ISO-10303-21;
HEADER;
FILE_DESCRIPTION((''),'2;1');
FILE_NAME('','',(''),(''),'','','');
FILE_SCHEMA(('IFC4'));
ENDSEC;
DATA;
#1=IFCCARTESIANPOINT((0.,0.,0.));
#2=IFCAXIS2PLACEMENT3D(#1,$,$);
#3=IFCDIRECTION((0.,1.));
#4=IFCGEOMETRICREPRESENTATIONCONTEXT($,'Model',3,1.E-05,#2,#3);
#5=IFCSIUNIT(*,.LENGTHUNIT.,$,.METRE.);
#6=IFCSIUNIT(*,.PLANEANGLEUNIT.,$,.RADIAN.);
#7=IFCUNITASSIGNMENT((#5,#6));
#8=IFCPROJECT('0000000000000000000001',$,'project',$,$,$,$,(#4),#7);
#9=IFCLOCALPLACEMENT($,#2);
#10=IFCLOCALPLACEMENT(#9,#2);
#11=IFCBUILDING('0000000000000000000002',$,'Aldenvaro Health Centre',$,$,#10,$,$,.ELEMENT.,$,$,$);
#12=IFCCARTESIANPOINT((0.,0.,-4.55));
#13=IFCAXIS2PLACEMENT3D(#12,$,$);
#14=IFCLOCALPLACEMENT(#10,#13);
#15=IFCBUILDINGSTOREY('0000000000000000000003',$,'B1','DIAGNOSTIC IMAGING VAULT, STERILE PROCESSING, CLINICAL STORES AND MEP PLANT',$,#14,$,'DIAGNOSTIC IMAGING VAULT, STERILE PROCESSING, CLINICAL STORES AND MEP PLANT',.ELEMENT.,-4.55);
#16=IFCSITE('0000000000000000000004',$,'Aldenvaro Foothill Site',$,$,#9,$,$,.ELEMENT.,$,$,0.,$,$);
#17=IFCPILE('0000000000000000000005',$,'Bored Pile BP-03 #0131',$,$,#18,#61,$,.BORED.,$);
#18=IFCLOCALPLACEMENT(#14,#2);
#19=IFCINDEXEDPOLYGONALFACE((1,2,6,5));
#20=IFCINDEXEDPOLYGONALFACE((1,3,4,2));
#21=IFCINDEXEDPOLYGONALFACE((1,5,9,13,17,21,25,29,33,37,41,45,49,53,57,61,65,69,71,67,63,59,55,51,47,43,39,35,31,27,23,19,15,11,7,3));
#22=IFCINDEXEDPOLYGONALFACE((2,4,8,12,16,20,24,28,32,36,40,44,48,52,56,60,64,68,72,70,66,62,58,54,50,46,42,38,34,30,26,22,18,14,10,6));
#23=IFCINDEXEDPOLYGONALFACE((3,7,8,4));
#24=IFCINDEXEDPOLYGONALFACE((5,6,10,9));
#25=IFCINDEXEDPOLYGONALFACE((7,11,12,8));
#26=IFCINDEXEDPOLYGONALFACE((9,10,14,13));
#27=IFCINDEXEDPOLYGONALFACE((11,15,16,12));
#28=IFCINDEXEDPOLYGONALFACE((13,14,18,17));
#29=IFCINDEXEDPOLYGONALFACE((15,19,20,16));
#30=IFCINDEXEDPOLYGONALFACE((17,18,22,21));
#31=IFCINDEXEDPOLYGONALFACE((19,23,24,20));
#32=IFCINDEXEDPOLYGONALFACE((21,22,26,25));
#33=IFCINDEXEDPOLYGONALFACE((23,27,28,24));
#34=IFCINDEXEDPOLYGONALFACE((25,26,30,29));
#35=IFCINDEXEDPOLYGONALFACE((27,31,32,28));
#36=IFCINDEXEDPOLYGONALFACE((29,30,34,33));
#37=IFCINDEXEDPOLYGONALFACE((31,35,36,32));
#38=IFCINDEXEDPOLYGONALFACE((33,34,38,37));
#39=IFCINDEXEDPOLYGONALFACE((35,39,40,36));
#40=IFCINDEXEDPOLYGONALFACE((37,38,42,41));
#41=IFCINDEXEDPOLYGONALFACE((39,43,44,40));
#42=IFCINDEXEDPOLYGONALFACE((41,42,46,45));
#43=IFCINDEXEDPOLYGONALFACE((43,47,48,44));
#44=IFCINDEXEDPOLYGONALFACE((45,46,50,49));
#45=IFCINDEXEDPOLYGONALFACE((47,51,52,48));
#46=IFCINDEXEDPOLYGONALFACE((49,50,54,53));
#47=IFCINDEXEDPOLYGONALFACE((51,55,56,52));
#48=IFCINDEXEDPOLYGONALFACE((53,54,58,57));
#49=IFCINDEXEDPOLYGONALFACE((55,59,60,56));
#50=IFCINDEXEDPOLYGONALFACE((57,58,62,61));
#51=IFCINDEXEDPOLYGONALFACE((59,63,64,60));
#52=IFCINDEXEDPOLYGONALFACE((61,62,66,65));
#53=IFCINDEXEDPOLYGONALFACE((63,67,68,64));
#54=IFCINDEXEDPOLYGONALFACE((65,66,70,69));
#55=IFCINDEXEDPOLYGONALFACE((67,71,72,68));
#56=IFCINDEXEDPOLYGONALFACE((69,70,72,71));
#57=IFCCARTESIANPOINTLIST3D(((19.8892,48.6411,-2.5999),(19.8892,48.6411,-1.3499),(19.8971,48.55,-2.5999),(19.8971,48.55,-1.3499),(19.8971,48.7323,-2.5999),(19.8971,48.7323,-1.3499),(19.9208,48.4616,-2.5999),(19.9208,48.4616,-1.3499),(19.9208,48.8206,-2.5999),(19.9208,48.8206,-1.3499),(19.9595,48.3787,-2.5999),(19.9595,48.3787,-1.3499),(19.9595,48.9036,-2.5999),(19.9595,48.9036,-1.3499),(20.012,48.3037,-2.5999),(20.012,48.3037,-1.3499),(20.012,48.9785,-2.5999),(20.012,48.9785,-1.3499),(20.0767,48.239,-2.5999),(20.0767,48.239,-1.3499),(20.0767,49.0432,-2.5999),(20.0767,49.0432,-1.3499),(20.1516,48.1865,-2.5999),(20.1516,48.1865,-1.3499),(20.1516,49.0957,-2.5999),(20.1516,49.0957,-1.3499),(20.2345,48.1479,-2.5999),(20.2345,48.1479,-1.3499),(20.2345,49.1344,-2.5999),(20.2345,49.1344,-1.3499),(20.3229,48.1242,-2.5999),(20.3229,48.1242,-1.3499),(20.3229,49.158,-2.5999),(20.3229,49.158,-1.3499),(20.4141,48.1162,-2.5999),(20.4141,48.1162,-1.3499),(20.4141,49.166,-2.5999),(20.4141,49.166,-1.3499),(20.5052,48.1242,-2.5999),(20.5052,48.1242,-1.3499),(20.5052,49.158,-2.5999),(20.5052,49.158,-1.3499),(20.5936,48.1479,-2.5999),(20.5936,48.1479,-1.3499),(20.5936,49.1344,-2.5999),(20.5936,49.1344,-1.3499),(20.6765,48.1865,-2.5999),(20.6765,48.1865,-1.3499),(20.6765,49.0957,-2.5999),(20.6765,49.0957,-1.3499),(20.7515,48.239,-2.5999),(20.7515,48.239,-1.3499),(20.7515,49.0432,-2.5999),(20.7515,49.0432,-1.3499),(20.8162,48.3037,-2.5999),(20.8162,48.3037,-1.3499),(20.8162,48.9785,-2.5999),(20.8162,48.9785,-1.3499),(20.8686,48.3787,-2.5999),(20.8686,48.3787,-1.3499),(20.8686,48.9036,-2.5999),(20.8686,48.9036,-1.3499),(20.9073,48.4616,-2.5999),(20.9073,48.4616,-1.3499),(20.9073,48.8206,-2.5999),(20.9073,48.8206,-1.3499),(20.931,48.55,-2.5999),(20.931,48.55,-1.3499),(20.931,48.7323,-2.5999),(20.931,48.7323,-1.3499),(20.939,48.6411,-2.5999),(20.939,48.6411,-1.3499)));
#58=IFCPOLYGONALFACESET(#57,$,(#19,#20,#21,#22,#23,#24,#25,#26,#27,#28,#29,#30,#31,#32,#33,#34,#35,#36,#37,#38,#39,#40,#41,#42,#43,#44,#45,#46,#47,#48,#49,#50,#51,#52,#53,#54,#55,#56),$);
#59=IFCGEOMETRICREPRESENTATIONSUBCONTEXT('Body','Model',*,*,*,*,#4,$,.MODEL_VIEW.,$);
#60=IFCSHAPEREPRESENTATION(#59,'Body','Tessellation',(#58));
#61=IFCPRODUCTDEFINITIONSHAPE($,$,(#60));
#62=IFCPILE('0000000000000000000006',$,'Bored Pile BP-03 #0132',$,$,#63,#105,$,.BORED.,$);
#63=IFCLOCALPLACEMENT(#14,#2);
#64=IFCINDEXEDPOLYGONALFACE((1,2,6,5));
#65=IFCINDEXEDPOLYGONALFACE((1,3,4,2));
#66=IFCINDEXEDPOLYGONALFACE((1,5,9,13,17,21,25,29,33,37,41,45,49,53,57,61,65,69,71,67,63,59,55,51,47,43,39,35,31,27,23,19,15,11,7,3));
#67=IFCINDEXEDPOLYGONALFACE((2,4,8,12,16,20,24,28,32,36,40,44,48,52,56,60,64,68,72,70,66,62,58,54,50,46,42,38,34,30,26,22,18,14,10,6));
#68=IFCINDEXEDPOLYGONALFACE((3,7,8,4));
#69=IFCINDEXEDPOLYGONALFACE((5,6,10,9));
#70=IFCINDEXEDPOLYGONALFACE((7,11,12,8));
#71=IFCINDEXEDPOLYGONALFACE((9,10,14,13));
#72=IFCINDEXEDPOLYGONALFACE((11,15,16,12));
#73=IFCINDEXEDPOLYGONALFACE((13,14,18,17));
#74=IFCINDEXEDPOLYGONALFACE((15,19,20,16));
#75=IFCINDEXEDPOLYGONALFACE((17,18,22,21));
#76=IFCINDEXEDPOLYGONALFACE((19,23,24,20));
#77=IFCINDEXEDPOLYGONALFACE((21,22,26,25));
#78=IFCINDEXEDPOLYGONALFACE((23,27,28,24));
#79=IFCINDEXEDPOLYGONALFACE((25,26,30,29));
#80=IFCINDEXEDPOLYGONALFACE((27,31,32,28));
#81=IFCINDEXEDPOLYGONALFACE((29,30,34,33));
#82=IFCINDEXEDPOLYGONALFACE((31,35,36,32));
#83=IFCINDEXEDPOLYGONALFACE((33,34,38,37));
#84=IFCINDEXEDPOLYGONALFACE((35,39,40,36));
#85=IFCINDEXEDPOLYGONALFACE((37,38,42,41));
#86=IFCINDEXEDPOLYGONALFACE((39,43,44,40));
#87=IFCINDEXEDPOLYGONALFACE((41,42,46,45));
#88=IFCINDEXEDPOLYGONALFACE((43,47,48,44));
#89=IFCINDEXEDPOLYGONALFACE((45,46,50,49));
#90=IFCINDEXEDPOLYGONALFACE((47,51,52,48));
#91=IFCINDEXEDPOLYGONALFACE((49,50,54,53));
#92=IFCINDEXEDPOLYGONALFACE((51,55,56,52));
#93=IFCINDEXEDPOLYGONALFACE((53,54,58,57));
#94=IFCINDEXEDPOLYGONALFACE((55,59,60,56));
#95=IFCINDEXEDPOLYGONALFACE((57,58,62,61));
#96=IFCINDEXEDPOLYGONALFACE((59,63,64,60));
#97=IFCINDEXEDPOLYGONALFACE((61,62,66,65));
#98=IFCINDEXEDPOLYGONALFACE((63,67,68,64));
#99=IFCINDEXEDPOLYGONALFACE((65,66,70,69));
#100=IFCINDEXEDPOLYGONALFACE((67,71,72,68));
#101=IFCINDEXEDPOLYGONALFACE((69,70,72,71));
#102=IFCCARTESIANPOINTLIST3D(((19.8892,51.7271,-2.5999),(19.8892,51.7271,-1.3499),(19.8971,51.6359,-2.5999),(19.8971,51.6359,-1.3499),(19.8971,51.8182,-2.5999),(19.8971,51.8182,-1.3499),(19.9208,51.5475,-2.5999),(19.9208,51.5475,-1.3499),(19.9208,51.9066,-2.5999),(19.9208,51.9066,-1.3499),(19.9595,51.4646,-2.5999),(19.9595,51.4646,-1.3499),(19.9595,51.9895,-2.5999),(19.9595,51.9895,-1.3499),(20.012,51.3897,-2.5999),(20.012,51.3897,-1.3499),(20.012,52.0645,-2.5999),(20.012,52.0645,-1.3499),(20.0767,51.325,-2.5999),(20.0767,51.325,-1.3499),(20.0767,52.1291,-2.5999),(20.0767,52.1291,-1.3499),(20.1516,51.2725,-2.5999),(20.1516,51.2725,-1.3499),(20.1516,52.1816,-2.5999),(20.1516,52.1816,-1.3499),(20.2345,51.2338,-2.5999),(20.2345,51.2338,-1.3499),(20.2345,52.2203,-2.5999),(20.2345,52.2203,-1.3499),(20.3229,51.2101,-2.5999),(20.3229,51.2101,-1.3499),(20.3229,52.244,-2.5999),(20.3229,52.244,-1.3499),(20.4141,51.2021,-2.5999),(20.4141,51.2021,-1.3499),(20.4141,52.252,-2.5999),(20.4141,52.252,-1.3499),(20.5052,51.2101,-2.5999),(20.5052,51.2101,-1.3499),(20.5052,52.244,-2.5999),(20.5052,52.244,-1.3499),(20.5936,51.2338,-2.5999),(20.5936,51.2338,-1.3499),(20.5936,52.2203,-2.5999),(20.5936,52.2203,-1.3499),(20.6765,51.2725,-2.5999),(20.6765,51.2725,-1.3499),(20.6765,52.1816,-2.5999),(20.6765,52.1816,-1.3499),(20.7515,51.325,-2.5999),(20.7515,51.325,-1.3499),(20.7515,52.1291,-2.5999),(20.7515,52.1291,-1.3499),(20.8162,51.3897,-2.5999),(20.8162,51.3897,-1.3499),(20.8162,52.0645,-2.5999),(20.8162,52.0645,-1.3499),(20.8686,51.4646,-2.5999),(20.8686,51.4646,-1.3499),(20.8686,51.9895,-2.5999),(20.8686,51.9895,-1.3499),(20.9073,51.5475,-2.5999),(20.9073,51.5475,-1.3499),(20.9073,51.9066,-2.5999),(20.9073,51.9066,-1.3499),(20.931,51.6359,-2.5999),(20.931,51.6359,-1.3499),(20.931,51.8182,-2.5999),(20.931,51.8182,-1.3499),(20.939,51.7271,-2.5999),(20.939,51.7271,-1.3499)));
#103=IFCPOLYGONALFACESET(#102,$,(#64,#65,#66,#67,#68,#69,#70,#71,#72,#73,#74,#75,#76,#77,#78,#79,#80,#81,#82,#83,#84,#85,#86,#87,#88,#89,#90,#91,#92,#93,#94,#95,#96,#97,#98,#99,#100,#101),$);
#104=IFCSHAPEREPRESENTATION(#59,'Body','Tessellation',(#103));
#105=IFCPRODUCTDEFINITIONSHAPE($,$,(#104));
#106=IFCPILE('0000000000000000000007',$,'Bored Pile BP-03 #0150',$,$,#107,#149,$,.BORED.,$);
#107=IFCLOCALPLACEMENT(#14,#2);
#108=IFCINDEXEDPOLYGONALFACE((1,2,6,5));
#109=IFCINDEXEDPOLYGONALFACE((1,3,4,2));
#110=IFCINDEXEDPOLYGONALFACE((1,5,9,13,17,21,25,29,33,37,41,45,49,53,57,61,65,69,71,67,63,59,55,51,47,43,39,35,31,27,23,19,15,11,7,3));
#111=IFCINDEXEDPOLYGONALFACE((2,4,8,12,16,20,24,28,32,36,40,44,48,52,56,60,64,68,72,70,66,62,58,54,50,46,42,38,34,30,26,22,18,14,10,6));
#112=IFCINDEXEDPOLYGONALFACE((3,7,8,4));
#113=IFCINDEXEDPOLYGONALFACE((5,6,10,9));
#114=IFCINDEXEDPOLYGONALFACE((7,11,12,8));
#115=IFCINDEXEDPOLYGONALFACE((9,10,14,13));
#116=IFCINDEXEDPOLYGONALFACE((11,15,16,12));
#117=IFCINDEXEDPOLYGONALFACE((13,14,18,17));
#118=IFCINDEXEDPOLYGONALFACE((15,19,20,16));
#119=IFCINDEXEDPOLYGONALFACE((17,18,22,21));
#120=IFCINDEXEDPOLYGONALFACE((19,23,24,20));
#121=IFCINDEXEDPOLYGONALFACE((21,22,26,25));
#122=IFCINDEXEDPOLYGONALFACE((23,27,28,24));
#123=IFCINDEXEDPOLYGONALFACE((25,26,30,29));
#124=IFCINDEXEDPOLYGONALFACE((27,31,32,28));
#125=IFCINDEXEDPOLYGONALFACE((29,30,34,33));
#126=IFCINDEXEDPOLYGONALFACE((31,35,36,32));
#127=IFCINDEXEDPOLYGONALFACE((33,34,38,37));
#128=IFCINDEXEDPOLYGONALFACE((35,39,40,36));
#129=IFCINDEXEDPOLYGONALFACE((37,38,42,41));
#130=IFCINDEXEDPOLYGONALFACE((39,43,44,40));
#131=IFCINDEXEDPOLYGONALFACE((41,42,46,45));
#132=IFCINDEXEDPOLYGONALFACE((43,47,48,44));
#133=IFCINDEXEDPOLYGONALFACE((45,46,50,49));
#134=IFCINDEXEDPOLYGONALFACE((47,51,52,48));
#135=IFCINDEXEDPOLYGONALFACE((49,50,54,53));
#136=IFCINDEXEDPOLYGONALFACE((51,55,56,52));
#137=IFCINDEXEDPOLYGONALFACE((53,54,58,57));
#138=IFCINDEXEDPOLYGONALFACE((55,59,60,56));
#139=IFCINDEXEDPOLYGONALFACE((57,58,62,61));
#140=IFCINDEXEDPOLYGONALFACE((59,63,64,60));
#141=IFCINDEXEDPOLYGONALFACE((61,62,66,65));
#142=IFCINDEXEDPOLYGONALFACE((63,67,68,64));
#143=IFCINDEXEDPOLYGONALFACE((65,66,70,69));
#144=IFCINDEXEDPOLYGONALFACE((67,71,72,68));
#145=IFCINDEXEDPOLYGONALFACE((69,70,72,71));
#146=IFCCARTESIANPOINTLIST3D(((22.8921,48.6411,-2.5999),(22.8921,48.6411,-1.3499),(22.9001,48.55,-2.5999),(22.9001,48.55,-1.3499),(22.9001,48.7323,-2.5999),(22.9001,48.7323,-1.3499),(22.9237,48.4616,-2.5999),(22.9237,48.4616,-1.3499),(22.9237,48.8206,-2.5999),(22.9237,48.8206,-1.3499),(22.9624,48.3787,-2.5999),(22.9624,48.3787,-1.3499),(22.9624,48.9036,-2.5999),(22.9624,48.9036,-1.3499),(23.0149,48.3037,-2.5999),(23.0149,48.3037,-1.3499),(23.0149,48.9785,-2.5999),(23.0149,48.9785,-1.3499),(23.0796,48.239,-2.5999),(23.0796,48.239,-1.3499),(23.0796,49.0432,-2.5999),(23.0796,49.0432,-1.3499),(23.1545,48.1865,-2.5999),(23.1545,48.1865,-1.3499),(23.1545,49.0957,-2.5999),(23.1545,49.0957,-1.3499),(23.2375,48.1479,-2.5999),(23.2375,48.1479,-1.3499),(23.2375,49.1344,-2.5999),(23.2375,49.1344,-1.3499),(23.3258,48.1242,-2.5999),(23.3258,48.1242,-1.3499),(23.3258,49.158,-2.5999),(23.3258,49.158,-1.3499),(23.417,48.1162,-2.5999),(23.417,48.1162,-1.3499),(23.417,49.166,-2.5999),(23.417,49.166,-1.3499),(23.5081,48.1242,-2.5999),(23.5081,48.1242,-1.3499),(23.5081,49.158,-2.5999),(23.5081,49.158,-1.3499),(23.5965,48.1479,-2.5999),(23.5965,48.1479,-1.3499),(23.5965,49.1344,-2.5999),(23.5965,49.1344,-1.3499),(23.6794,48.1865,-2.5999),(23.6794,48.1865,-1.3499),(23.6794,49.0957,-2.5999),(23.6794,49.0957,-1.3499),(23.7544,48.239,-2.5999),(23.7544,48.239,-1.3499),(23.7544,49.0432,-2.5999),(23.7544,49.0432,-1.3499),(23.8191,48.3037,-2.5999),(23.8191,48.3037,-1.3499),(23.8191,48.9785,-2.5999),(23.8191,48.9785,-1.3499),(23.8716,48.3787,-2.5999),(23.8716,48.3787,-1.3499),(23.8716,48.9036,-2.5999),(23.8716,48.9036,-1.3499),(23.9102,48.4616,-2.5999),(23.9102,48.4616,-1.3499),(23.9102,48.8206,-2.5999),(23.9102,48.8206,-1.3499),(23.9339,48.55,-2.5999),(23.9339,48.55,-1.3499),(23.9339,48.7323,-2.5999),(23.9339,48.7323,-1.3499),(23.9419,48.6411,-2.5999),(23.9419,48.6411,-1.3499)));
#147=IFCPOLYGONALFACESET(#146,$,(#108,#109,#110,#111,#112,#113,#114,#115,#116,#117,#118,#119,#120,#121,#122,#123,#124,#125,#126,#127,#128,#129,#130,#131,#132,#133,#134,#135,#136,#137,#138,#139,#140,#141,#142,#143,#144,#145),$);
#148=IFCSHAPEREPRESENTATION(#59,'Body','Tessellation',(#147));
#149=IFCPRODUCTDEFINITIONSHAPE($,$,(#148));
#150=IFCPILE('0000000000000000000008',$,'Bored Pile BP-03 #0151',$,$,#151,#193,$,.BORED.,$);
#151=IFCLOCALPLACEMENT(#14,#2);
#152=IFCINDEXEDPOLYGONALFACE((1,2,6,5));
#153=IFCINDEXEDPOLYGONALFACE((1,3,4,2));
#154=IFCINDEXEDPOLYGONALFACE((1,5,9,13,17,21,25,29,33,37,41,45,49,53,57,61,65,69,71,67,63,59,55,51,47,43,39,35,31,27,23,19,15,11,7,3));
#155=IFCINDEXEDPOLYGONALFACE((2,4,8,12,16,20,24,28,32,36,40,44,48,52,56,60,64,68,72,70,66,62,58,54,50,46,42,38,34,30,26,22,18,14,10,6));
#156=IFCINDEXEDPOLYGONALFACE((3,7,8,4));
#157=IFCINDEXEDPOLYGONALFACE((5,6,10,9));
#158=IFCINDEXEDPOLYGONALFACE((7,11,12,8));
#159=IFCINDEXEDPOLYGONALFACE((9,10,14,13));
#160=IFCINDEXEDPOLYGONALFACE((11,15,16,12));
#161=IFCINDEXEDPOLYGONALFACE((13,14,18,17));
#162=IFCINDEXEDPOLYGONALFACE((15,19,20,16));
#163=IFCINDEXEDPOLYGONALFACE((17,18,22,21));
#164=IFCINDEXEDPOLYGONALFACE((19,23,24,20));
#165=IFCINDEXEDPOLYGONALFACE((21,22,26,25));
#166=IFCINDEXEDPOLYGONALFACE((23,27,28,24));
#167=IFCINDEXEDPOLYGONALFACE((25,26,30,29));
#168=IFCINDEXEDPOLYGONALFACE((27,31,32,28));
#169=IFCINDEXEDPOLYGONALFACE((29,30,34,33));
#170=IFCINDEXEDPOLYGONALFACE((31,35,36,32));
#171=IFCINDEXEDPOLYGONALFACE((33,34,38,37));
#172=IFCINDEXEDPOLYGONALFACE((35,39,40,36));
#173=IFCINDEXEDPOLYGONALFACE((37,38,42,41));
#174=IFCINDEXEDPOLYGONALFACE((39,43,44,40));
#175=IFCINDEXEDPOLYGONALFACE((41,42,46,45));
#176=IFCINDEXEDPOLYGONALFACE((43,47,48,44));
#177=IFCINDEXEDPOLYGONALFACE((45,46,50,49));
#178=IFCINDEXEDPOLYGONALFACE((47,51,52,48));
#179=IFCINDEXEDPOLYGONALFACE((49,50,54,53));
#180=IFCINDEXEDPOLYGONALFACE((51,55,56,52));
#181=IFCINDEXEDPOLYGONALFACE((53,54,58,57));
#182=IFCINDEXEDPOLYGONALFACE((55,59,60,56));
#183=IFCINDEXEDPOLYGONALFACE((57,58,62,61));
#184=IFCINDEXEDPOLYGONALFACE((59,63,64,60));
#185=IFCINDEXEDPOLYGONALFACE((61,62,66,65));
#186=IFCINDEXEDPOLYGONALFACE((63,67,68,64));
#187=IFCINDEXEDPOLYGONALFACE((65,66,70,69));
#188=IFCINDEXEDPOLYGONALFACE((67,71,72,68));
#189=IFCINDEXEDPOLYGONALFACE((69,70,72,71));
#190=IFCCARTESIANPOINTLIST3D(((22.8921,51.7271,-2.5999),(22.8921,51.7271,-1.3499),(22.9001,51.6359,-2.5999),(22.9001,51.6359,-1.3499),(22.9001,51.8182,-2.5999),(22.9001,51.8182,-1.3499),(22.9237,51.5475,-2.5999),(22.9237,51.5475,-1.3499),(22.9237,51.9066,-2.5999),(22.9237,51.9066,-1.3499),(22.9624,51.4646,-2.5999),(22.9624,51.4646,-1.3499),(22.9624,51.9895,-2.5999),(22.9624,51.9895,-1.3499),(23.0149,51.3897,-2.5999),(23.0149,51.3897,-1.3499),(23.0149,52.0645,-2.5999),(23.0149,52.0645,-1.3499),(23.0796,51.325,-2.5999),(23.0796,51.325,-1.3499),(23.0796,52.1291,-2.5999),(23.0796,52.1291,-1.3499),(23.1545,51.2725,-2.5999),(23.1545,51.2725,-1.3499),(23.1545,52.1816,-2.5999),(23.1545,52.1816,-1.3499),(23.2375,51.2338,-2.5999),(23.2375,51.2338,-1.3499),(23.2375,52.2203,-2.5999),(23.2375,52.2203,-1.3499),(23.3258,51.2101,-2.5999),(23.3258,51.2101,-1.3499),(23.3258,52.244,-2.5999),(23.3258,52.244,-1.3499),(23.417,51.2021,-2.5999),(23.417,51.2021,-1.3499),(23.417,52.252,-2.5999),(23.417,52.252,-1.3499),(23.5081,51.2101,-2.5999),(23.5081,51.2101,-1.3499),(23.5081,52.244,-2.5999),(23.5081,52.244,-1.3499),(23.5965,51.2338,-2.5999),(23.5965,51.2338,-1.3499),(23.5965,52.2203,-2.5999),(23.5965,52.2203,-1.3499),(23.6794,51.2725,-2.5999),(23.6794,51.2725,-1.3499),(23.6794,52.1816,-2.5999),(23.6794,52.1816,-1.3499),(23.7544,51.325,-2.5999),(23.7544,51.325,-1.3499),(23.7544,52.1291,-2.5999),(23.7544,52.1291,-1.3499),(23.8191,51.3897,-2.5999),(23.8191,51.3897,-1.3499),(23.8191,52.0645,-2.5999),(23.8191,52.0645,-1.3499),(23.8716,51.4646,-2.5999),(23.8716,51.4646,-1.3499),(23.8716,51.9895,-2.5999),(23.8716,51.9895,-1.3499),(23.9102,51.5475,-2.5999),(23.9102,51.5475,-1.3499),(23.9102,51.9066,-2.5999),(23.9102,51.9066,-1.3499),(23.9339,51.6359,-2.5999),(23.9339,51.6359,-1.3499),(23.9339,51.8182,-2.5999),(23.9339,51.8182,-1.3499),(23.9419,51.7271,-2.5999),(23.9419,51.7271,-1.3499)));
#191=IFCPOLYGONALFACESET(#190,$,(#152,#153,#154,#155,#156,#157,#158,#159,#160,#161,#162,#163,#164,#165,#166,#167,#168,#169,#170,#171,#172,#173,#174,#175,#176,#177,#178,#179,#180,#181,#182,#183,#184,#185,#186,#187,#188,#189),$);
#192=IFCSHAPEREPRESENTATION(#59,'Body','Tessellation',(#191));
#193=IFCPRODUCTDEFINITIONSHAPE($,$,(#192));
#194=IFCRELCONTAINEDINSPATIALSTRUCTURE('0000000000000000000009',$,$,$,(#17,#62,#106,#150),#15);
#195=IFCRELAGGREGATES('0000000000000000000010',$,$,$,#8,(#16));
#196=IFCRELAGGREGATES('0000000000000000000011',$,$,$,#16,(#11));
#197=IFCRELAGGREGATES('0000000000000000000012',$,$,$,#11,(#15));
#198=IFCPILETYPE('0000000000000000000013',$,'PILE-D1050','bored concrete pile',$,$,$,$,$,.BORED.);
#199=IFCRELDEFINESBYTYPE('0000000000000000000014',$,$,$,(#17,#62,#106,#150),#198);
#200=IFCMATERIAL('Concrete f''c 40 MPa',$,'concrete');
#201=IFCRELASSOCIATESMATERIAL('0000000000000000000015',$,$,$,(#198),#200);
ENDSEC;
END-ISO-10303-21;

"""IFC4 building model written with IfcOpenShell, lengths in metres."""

from ifc_helpers import new_model, si_unit, direction, frame, origin, origin_2d, place, context, subcontext, project, spatial, circle, extrude, material, material_profile, profile_set, type_object, element, save


model = new_model("IFC4")

# Units and contexts
model_context = context("Model", 3, precision=1e-05, world=origin(), true_north=direction((0.0, 1.0)))
body_context = subcontext(model_context, "Body", "Model", "MODEL_VIEW")
ifc_project = project(units=[si_unit("LENGTHUNIT", "METRE"), si_unit("PLANEANGLEUNIT", "RADIAN")], contexts=[model_context])

# Site, building, storey
site_placement = place(None, origin())
site = spatial("IfcSite", under=ifc_project, at=site_placement, Name="Aldenvaro Foothill Site", CompositionType="ELEMENT", RefElevation=0.0)
building_placement = place(site_placement, origin())
building = spatial("IfcBuilding", under=site, at=building_placement, Name="Aldenvaro Health Centre", CompositionType="ELEMENT")
storey_placement = place(building_placement, frame((0.0, 0.0, -4.55)))
storey = spatial("IfcBuildingStorey", under=building, at=storey_placement, Name="B1", Description="DIAGNOSTIC IMAGING VAULT, STERILE PROCESSING, CLINICAL STORES AND MEP PLANT", LongName="DIAGNOSTIC IMAGING VAULT, STERILE PROCESSING, CLINICAL STORES AND MEP PLANT", CompositionType="ELEMENT", Elevation=-4.55)

# Piles
ifc_material_1 = material(Name="Concrete f'c 40 MPa", Category="concrete")
ifc_material_profile_1 = material_profile(ifc_material_1, circle(Radius=0.5249, at=origin_2d()), Name="PILE D1050", Category="concrete")
ifc_profile_set_1 = profile_set([ifc_material_profile_1], Name="Concrete f'c 40 MPa")
pile_type = type_object("IfcPileType", Name="PILE-D1050", Description="bored concrete pile", PredefinedType="BORED", material=ifc_profile_set_1)
for number, where, z_axis, x_axis, name in (
    (1, (20.4141, 48.6411, -1.3499), (0.0, 0.0, -1.0), (1.0, 0.0, 0.0), "Bored Pile BP-03 #0131"),
    (2, (20.4141, 51.7271, -1.3499), (0.0, 0.0, -1.0), (1.0, 0.0, 0.0), "Bored Pile BP-03 #0132"),
    (3, (23.417, 48.6411, -1.3499), (0.0, 0.0, -1.0), (1.0, 0.0, 0.0), "Bored Pile BP-03 #0150"),
    (4, (23.417, 51.7271, -1.3499), (0.0, 0.0, -1.0), (1.0, 0.0, 0.0), "Bored Pile BP-03 #0151"),
):
    element("IfcPile", number, at=place(storey_placement, frame(where, z_axis=z_axis, x_axis=x_axis)), inside=storey, type_object=pile_type, Name=name, PredefinedType="BORED", context=body_context, shape_type="SweptSolid", body=[
        extrude(circle(Radius=0.5249, at=origin_2d()), origin(), (0.0, 0.0, 1.0), 1.25),
    ])

save(model, "model.ifc")
